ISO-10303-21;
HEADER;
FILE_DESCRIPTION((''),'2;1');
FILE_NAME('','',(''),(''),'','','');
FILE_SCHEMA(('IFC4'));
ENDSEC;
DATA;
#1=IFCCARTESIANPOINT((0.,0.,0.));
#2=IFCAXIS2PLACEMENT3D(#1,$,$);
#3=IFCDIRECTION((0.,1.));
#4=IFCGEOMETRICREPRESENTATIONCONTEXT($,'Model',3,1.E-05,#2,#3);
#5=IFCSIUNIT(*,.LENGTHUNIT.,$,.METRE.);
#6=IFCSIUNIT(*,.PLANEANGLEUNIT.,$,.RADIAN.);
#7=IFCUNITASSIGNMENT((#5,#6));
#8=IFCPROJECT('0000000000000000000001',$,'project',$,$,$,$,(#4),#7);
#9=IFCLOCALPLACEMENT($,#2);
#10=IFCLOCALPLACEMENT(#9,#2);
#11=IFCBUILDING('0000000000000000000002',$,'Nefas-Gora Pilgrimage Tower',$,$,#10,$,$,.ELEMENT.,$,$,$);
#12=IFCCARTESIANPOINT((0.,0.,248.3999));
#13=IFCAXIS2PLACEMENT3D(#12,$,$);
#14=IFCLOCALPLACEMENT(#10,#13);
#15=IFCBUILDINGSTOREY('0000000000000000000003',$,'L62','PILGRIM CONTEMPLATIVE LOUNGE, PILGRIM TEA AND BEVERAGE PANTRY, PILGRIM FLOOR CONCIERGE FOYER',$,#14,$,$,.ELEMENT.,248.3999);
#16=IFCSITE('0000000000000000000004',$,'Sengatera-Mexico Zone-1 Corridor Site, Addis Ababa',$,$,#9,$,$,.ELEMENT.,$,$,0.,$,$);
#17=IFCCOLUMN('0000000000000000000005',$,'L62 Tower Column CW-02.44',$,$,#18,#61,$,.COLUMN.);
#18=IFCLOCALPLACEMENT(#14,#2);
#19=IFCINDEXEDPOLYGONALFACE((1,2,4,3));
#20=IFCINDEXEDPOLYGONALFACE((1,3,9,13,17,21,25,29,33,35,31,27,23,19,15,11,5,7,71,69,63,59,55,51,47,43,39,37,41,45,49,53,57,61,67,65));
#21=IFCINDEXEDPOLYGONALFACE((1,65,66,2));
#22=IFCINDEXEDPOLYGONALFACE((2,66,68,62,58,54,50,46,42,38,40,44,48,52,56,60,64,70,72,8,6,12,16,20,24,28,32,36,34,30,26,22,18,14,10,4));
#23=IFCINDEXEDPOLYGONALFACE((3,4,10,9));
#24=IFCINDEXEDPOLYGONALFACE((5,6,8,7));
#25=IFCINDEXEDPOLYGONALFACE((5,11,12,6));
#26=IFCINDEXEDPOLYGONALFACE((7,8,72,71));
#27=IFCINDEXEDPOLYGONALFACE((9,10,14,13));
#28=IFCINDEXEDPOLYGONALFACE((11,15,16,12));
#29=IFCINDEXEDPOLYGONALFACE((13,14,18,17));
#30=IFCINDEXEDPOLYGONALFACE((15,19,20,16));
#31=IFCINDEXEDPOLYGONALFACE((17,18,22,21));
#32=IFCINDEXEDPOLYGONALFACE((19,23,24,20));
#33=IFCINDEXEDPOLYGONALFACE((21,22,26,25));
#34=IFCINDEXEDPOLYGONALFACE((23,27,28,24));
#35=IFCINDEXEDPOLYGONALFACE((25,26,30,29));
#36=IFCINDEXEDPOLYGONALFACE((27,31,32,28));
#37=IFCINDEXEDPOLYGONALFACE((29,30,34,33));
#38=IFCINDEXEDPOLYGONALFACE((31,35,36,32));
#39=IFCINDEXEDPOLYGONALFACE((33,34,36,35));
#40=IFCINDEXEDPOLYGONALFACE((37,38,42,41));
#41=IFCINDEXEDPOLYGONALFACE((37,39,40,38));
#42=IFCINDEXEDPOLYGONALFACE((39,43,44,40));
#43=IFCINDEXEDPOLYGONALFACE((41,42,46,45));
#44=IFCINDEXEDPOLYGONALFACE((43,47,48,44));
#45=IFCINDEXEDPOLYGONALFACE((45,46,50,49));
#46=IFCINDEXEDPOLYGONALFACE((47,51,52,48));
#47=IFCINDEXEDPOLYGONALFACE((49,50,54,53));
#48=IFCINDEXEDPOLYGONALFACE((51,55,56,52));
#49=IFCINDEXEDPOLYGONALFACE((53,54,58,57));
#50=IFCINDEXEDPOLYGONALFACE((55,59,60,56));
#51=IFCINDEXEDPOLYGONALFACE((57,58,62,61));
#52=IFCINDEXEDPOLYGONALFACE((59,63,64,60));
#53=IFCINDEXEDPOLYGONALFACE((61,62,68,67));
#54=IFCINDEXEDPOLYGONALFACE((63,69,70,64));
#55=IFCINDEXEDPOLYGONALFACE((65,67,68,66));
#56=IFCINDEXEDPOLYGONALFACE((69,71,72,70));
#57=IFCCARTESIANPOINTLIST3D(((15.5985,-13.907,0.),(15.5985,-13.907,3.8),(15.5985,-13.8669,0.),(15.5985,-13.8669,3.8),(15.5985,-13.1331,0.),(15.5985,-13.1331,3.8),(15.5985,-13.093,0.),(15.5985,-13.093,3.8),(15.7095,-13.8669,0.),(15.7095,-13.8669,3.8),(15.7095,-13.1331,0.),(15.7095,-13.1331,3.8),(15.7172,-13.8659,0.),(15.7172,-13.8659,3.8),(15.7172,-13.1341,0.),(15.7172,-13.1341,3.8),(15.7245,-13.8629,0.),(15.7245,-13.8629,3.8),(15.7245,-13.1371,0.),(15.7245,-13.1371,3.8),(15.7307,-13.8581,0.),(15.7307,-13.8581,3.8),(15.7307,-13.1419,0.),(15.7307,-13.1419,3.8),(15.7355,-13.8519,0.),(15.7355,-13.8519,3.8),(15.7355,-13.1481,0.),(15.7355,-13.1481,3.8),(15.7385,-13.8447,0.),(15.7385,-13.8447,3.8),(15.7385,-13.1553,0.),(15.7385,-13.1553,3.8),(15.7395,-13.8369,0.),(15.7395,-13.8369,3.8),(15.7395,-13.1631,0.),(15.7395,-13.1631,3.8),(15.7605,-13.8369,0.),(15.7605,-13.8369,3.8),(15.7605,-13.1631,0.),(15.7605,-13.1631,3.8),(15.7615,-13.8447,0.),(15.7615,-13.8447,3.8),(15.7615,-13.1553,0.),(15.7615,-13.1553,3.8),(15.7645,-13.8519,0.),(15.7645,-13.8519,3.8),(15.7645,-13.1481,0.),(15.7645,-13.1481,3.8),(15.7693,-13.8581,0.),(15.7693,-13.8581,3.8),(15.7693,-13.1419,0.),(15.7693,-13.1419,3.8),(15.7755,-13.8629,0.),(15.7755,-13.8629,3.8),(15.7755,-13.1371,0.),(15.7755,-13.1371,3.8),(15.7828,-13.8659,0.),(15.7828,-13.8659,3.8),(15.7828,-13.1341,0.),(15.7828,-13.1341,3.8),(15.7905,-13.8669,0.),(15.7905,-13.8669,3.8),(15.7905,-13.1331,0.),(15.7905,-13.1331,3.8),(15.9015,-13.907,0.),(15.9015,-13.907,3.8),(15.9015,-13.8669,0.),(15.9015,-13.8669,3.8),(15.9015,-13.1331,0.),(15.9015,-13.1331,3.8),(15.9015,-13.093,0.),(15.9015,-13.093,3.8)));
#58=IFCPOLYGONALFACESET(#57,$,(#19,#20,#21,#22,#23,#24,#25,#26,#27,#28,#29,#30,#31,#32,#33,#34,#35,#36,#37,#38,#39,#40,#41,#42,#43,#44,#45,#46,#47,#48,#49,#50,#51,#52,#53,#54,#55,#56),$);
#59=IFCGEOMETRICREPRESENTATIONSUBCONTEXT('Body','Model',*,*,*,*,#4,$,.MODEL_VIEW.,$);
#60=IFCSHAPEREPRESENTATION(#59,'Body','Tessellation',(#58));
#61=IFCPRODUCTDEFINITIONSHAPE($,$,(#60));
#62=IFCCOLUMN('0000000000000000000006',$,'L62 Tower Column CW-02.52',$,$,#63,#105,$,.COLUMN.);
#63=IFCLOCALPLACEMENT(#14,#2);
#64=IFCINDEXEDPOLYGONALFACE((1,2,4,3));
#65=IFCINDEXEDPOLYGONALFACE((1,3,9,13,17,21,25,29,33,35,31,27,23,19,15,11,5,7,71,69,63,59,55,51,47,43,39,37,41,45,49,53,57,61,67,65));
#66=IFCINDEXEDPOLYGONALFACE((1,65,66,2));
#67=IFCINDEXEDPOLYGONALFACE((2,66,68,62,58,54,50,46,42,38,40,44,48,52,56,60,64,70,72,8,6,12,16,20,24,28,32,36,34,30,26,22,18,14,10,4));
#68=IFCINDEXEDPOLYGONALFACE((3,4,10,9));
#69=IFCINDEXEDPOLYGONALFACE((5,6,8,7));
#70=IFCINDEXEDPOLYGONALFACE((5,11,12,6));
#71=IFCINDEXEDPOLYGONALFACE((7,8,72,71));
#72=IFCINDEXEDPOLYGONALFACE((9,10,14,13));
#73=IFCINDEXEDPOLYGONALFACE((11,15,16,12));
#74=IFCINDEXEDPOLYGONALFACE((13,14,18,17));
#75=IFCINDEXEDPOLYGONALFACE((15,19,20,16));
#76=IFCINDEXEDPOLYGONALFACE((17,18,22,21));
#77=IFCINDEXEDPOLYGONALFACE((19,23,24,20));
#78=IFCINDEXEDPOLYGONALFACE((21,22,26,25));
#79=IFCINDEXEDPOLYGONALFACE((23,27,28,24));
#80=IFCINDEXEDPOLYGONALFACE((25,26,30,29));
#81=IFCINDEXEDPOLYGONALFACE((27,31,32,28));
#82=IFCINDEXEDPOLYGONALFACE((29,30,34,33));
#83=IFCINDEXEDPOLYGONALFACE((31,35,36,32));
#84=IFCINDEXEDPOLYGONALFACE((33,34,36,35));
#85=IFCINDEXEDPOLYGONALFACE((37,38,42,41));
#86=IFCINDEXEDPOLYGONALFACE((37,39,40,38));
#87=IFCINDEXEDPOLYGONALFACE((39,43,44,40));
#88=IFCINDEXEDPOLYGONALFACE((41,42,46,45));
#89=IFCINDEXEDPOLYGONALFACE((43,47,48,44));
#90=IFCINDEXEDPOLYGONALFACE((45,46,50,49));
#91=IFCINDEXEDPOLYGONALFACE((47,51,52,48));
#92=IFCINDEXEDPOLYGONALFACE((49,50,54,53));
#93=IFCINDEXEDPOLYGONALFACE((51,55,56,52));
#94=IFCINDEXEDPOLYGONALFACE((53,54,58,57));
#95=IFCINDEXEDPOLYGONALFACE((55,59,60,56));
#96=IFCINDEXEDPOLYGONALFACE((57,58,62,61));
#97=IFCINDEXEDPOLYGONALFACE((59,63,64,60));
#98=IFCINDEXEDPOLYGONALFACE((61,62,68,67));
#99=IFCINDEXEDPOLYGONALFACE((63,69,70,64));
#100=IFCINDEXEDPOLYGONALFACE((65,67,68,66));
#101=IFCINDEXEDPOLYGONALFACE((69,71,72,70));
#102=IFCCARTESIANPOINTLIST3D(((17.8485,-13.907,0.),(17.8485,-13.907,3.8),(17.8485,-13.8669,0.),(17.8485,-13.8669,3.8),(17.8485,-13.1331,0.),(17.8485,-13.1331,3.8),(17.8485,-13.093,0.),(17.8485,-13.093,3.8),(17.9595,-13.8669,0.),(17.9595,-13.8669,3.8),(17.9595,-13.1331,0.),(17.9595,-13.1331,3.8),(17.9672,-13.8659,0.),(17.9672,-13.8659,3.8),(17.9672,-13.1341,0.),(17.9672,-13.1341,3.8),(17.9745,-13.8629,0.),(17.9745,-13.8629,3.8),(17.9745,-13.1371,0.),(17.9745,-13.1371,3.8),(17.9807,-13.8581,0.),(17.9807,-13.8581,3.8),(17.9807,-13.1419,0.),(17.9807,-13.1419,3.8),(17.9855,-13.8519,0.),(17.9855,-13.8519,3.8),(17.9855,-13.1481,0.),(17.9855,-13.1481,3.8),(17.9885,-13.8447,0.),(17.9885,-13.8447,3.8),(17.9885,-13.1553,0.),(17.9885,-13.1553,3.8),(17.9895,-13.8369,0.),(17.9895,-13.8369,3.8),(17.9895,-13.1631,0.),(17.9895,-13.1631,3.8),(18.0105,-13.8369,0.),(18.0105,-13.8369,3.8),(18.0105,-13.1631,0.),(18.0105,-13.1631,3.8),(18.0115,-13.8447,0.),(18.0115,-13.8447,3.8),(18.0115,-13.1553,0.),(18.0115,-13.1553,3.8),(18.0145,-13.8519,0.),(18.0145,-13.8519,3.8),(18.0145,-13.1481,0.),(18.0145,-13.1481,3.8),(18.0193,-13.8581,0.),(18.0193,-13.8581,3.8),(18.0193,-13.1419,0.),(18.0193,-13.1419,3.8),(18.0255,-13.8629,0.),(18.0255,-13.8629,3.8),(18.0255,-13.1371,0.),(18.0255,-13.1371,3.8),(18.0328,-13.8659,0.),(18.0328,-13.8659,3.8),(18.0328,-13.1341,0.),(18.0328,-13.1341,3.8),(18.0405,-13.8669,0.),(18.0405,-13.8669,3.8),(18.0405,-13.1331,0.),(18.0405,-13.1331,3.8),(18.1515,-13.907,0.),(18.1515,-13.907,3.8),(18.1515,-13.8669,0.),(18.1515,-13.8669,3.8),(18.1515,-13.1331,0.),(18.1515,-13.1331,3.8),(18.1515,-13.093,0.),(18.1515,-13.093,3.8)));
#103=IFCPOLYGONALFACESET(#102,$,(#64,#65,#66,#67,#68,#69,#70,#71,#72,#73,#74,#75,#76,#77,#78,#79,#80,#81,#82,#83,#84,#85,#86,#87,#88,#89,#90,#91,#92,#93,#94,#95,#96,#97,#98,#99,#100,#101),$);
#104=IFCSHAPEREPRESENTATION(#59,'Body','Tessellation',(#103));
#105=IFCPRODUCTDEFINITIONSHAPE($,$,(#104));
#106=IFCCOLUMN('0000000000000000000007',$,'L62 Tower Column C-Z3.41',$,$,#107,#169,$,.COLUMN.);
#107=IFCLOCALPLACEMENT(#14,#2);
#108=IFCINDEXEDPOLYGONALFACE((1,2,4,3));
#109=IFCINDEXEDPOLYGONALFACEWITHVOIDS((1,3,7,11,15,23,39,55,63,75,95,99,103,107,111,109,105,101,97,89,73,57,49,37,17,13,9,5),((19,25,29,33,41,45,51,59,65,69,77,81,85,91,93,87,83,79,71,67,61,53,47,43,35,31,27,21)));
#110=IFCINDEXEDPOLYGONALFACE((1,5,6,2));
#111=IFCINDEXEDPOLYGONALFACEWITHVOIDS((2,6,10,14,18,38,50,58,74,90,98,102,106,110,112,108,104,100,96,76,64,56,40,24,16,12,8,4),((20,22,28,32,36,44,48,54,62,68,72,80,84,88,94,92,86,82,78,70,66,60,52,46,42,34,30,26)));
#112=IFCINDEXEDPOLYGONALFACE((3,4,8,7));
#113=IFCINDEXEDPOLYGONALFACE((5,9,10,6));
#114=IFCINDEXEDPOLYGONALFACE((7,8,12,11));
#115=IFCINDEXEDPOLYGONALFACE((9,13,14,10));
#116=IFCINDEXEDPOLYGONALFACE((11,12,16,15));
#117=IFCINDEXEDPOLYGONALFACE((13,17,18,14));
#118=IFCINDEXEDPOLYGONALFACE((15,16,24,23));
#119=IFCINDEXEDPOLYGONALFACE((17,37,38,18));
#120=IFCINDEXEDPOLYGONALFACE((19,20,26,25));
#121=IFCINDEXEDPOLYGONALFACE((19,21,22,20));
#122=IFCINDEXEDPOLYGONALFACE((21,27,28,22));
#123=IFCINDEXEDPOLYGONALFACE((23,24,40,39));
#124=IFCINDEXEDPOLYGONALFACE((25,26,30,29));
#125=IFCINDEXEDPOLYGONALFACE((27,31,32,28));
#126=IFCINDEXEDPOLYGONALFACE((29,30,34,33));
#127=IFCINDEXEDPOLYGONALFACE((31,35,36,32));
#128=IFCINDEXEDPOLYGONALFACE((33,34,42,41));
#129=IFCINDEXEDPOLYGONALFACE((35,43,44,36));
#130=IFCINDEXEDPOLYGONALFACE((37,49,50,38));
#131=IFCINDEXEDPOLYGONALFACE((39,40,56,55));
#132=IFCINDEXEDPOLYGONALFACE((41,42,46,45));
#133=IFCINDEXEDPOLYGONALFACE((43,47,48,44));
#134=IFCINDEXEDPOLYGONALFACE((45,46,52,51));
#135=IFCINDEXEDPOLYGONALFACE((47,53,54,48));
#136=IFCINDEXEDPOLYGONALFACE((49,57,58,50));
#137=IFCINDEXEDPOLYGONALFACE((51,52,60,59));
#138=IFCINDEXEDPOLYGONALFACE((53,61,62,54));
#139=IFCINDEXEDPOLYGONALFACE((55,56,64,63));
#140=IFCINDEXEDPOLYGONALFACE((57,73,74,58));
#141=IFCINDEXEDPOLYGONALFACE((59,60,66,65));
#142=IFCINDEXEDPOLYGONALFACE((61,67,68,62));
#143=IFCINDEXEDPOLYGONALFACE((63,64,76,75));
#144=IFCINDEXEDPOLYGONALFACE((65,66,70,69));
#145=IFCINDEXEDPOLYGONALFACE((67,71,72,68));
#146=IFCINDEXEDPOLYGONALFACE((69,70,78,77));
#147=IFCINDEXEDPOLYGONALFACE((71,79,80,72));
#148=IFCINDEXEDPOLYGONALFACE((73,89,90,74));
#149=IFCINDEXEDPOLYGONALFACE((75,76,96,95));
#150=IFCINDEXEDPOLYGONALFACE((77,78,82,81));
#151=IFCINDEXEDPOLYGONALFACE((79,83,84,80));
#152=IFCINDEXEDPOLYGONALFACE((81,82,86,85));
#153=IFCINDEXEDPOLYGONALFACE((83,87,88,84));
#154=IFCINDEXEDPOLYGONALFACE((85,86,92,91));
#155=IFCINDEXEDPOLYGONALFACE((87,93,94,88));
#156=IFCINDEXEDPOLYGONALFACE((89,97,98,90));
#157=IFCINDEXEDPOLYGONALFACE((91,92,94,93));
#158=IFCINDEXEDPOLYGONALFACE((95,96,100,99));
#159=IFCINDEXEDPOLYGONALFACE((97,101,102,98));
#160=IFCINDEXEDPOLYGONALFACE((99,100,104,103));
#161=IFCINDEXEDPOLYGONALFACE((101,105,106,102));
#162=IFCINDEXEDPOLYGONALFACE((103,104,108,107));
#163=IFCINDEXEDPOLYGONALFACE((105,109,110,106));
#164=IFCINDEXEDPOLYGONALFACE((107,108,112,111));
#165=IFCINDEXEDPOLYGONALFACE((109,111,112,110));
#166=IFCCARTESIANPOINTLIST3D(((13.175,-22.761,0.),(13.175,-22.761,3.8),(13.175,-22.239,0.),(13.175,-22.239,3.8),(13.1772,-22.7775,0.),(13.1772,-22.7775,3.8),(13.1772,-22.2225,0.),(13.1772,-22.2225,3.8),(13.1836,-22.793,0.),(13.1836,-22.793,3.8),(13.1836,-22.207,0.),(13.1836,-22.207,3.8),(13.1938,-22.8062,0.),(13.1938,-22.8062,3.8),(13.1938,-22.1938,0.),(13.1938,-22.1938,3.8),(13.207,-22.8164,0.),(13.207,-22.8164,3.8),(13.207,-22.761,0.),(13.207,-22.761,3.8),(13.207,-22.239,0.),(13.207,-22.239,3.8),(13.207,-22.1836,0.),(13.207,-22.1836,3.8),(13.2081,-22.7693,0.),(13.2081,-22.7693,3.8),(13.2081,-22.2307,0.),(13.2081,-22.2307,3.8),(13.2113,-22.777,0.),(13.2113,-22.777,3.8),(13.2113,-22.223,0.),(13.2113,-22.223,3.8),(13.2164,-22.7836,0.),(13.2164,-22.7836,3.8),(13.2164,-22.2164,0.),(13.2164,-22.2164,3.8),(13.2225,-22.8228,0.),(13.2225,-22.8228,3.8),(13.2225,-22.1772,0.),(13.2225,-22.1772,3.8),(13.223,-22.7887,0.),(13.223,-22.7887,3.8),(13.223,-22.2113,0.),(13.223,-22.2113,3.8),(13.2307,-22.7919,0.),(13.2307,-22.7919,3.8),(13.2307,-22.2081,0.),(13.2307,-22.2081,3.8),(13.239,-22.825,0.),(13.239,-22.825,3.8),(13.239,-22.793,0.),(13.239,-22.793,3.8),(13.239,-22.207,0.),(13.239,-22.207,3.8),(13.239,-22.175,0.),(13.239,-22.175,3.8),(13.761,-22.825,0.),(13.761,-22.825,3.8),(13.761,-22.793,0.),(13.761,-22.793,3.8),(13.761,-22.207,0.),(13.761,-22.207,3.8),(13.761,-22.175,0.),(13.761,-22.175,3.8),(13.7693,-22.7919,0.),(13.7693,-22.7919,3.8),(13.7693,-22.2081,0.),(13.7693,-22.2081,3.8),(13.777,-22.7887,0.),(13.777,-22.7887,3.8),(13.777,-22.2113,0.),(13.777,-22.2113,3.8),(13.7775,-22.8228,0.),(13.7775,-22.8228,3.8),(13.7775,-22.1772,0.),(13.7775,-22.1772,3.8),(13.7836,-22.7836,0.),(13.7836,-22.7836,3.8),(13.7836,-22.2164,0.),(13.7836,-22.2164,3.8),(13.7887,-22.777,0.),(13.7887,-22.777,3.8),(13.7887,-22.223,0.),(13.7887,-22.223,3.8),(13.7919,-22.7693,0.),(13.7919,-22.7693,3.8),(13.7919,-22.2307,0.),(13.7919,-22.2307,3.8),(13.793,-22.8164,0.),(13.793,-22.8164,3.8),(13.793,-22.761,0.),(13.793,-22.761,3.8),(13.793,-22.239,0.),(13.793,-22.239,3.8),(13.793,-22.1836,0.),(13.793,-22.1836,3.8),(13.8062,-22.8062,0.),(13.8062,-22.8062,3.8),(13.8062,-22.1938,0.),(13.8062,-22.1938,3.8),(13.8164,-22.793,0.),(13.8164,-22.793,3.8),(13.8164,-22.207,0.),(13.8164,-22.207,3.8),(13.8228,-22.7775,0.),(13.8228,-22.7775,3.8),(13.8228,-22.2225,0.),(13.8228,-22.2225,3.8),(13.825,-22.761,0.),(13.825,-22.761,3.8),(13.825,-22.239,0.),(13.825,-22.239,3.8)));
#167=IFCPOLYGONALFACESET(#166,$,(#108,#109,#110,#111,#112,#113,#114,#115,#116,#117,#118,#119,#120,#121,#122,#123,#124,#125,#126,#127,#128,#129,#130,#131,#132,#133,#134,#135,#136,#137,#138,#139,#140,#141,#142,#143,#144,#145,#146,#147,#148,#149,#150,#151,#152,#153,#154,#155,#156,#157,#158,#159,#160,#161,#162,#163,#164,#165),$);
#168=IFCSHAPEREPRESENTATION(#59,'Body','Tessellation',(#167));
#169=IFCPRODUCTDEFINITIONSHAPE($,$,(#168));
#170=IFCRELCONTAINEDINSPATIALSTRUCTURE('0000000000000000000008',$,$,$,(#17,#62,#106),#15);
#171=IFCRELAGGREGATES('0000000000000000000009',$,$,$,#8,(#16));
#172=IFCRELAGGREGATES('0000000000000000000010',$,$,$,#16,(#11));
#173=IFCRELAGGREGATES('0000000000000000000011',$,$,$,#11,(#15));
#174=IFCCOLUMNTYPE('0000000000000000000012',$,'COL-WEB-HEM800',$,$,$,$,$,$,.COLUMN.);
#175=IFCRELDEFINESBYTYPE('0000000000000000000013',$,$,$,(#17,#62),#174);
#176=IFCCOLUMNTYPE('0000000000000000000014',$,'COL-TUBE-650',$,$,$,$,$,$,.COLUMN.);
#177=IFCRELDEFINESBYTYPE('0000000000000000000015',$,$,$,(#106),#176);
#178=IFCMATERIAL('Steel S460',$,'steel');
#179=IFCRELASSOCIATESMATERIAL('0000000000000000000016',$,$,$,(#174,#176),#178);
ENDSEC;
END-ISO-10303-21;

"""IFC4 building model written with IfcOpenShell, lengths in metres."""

from ifc_helpers import new_model, si_unit, direction, frame, origin, origin_2d, place, context, subcontext, project, spatial, hollow_rectangle, i_section, extrude, source, transform, mapped, material, material_profile, profile_set, type_object, element, save


model = new_model("IFC4")

# Units and contexts
model_context = context("Model", 3, precision=1e-05, world=origin(), true_north=direction((0.0, 1.0)))
body_context = subcontext(model_context, "Body", "Model", "MODEL_VIEW")
ifc_project = project(units=[si_unit("LENGTHUNIT", "METRE"), si_unit("PLANEANGLEUNIT", "RADIAN")], contexts=[model_context])

# Site, building, storey
site_placement = place(None, origin())
site = spatial("IfcSite", under=ifc_project, at=site_placement, Name="Sengatera-Mexico Zone-1 Corridor Site, Addis Ababa", CompositionType="ELEMENT", RefElevation=0.0)
building_placement = place(site_placement, origin())
building = spatial("IfcBuilding", under=site, at=building_placement, Name="Nefas-Gora Pilgrimage Tower", CompositionType="ELEMENT")
storey_placement = place(building_placement, frame((0.0, 0.0, 248.3999)))
storey = spatial("IfcBuildingStorey", under=building, at=storey_placement, Name="L62", Description="PILGRIM CONTEMPLATIVE LOUNGE, PILGRIM TEA AND BEVERAGE PANTRY, PILGRIM FLOOR CONCIERGE FOYER", CompositionType="ELEMENT", Elevation=248.3999)

# Columns
ifc_material_1 = material(Name="Steel S460", Category="steel")
ifc_material_profile_1 = material_profile(ifc_material_1, i_section(OverallWidth=0.303, OverallDepth=0.814, WebThickness=0.021, FlangeThickness=0.04, FilletRadius=0.03, at=origin_2d()), Name="HEM 800")
ifc_profile_set_1 = profile_set([ifc_material_profile_1], Name="Steel S460")
column_type_1 = type_object("IfcColumnType", Name="COL-WEB-HEM800", PredefinedType="COLUMN", material=ifc_profile_set_1)
shared_shape_1 = source(origin(), body_context, "Body", "SweptSolid", [
    extrude(i_section(OverallWidth=0.303, OverallDepth=0.814, WebThickness=0.021, FlangeThickness=0.04, FilletRadius=0.03, at=origin_2d()), origin(), (0.0, 0.0, 1.0), 3.8),
])
for number, where, z_axis, x_axis, name in (
    (1, (15.75, -13.5, 0.0), (0.0, 0.0, 1.0), (1.0, 0.0, 0.0), "L62 Tower Column CW-02.44"),
    (2, (18.0, -13.5, 0.0), (0.0, 0.0, 1.0), (1.0, 0.0, 0.0), "L62 Tower Column CW-02.52"),
):
    element("IfcColumn", number, at=place(storey_placement, frame(where, z_axis=z_axis, x_axis=x_axis)), inside=storey, type_object=column_type_1, Name=name, PredefinedType="COLUMN", context=body_context, shape_type="MappedRepresentation", body=[
        mapped(shared_shape_1, transform((0.0, 0.0, 0.0), x_axis=(1.0, 0.0, 0.0), y_axis=(0.0, 1.0, 0.0), z_axis=(0.0, 0.0, 1.0), scale=1.0)),
    ])
ifc_material_profile_2 = material_profile(ifc_material_1, hollow_rectangle(XDim=0.6499, YDim=0.6499, WallThickness=0.032, InnerFilletRadius=0.032, OuterFilletRadius=0.064, at=origin_2d()), Name="BOX 650x650x32")
ifc_profile_set_2 = profile_set([ifc_material_profile_2], Name="Steel S460")
column_type_2 = type_object("IfcColumnType", Name="COL-TUBE-650", PredefinedType="COLUMN", material=ifc_profile_set_2)
shared_shape_2 = source(origin(), body_context, "Body", "SweptSolid", [
    extrude(hollow_rectangle(XDim=0.6499, YDim=0.6499, WallThickness=0.032, InnerFilletRadius=0.032, OuterFilletRadius=0.064, at=origin_2d()), origin(), (0.0, 0.0, 1.0), 3.8),
])
for number, where, z_axis, x_axis, name in (
    (3, (13.5, -22.5, 0.0), (0.0, 0.0, 1.0), (1.0, 0.0, 0.0), "L62 Tower Column C-Z3.41"),
):
    element("IfcColumn", number, at=place(storey_placement, frame(where, z_axis=z_axis, x_axis=x_axis)), inside=storey, type_object=column_type_2, Name=name, PredefinedType="COLUMN", context=body_context, shape_type="MappedRepresentation", body=[
        mapped(shared_shape_2, transform((0.0, 0.0, 0.0), x_axis=(1.0, 0.0, 0.0), y_axis=(0.0, 1.0, 0.0), z_axis=(0.0, 0.0, 1.0), scale=1.0)),
    ])

save(model, "model.ifc")
